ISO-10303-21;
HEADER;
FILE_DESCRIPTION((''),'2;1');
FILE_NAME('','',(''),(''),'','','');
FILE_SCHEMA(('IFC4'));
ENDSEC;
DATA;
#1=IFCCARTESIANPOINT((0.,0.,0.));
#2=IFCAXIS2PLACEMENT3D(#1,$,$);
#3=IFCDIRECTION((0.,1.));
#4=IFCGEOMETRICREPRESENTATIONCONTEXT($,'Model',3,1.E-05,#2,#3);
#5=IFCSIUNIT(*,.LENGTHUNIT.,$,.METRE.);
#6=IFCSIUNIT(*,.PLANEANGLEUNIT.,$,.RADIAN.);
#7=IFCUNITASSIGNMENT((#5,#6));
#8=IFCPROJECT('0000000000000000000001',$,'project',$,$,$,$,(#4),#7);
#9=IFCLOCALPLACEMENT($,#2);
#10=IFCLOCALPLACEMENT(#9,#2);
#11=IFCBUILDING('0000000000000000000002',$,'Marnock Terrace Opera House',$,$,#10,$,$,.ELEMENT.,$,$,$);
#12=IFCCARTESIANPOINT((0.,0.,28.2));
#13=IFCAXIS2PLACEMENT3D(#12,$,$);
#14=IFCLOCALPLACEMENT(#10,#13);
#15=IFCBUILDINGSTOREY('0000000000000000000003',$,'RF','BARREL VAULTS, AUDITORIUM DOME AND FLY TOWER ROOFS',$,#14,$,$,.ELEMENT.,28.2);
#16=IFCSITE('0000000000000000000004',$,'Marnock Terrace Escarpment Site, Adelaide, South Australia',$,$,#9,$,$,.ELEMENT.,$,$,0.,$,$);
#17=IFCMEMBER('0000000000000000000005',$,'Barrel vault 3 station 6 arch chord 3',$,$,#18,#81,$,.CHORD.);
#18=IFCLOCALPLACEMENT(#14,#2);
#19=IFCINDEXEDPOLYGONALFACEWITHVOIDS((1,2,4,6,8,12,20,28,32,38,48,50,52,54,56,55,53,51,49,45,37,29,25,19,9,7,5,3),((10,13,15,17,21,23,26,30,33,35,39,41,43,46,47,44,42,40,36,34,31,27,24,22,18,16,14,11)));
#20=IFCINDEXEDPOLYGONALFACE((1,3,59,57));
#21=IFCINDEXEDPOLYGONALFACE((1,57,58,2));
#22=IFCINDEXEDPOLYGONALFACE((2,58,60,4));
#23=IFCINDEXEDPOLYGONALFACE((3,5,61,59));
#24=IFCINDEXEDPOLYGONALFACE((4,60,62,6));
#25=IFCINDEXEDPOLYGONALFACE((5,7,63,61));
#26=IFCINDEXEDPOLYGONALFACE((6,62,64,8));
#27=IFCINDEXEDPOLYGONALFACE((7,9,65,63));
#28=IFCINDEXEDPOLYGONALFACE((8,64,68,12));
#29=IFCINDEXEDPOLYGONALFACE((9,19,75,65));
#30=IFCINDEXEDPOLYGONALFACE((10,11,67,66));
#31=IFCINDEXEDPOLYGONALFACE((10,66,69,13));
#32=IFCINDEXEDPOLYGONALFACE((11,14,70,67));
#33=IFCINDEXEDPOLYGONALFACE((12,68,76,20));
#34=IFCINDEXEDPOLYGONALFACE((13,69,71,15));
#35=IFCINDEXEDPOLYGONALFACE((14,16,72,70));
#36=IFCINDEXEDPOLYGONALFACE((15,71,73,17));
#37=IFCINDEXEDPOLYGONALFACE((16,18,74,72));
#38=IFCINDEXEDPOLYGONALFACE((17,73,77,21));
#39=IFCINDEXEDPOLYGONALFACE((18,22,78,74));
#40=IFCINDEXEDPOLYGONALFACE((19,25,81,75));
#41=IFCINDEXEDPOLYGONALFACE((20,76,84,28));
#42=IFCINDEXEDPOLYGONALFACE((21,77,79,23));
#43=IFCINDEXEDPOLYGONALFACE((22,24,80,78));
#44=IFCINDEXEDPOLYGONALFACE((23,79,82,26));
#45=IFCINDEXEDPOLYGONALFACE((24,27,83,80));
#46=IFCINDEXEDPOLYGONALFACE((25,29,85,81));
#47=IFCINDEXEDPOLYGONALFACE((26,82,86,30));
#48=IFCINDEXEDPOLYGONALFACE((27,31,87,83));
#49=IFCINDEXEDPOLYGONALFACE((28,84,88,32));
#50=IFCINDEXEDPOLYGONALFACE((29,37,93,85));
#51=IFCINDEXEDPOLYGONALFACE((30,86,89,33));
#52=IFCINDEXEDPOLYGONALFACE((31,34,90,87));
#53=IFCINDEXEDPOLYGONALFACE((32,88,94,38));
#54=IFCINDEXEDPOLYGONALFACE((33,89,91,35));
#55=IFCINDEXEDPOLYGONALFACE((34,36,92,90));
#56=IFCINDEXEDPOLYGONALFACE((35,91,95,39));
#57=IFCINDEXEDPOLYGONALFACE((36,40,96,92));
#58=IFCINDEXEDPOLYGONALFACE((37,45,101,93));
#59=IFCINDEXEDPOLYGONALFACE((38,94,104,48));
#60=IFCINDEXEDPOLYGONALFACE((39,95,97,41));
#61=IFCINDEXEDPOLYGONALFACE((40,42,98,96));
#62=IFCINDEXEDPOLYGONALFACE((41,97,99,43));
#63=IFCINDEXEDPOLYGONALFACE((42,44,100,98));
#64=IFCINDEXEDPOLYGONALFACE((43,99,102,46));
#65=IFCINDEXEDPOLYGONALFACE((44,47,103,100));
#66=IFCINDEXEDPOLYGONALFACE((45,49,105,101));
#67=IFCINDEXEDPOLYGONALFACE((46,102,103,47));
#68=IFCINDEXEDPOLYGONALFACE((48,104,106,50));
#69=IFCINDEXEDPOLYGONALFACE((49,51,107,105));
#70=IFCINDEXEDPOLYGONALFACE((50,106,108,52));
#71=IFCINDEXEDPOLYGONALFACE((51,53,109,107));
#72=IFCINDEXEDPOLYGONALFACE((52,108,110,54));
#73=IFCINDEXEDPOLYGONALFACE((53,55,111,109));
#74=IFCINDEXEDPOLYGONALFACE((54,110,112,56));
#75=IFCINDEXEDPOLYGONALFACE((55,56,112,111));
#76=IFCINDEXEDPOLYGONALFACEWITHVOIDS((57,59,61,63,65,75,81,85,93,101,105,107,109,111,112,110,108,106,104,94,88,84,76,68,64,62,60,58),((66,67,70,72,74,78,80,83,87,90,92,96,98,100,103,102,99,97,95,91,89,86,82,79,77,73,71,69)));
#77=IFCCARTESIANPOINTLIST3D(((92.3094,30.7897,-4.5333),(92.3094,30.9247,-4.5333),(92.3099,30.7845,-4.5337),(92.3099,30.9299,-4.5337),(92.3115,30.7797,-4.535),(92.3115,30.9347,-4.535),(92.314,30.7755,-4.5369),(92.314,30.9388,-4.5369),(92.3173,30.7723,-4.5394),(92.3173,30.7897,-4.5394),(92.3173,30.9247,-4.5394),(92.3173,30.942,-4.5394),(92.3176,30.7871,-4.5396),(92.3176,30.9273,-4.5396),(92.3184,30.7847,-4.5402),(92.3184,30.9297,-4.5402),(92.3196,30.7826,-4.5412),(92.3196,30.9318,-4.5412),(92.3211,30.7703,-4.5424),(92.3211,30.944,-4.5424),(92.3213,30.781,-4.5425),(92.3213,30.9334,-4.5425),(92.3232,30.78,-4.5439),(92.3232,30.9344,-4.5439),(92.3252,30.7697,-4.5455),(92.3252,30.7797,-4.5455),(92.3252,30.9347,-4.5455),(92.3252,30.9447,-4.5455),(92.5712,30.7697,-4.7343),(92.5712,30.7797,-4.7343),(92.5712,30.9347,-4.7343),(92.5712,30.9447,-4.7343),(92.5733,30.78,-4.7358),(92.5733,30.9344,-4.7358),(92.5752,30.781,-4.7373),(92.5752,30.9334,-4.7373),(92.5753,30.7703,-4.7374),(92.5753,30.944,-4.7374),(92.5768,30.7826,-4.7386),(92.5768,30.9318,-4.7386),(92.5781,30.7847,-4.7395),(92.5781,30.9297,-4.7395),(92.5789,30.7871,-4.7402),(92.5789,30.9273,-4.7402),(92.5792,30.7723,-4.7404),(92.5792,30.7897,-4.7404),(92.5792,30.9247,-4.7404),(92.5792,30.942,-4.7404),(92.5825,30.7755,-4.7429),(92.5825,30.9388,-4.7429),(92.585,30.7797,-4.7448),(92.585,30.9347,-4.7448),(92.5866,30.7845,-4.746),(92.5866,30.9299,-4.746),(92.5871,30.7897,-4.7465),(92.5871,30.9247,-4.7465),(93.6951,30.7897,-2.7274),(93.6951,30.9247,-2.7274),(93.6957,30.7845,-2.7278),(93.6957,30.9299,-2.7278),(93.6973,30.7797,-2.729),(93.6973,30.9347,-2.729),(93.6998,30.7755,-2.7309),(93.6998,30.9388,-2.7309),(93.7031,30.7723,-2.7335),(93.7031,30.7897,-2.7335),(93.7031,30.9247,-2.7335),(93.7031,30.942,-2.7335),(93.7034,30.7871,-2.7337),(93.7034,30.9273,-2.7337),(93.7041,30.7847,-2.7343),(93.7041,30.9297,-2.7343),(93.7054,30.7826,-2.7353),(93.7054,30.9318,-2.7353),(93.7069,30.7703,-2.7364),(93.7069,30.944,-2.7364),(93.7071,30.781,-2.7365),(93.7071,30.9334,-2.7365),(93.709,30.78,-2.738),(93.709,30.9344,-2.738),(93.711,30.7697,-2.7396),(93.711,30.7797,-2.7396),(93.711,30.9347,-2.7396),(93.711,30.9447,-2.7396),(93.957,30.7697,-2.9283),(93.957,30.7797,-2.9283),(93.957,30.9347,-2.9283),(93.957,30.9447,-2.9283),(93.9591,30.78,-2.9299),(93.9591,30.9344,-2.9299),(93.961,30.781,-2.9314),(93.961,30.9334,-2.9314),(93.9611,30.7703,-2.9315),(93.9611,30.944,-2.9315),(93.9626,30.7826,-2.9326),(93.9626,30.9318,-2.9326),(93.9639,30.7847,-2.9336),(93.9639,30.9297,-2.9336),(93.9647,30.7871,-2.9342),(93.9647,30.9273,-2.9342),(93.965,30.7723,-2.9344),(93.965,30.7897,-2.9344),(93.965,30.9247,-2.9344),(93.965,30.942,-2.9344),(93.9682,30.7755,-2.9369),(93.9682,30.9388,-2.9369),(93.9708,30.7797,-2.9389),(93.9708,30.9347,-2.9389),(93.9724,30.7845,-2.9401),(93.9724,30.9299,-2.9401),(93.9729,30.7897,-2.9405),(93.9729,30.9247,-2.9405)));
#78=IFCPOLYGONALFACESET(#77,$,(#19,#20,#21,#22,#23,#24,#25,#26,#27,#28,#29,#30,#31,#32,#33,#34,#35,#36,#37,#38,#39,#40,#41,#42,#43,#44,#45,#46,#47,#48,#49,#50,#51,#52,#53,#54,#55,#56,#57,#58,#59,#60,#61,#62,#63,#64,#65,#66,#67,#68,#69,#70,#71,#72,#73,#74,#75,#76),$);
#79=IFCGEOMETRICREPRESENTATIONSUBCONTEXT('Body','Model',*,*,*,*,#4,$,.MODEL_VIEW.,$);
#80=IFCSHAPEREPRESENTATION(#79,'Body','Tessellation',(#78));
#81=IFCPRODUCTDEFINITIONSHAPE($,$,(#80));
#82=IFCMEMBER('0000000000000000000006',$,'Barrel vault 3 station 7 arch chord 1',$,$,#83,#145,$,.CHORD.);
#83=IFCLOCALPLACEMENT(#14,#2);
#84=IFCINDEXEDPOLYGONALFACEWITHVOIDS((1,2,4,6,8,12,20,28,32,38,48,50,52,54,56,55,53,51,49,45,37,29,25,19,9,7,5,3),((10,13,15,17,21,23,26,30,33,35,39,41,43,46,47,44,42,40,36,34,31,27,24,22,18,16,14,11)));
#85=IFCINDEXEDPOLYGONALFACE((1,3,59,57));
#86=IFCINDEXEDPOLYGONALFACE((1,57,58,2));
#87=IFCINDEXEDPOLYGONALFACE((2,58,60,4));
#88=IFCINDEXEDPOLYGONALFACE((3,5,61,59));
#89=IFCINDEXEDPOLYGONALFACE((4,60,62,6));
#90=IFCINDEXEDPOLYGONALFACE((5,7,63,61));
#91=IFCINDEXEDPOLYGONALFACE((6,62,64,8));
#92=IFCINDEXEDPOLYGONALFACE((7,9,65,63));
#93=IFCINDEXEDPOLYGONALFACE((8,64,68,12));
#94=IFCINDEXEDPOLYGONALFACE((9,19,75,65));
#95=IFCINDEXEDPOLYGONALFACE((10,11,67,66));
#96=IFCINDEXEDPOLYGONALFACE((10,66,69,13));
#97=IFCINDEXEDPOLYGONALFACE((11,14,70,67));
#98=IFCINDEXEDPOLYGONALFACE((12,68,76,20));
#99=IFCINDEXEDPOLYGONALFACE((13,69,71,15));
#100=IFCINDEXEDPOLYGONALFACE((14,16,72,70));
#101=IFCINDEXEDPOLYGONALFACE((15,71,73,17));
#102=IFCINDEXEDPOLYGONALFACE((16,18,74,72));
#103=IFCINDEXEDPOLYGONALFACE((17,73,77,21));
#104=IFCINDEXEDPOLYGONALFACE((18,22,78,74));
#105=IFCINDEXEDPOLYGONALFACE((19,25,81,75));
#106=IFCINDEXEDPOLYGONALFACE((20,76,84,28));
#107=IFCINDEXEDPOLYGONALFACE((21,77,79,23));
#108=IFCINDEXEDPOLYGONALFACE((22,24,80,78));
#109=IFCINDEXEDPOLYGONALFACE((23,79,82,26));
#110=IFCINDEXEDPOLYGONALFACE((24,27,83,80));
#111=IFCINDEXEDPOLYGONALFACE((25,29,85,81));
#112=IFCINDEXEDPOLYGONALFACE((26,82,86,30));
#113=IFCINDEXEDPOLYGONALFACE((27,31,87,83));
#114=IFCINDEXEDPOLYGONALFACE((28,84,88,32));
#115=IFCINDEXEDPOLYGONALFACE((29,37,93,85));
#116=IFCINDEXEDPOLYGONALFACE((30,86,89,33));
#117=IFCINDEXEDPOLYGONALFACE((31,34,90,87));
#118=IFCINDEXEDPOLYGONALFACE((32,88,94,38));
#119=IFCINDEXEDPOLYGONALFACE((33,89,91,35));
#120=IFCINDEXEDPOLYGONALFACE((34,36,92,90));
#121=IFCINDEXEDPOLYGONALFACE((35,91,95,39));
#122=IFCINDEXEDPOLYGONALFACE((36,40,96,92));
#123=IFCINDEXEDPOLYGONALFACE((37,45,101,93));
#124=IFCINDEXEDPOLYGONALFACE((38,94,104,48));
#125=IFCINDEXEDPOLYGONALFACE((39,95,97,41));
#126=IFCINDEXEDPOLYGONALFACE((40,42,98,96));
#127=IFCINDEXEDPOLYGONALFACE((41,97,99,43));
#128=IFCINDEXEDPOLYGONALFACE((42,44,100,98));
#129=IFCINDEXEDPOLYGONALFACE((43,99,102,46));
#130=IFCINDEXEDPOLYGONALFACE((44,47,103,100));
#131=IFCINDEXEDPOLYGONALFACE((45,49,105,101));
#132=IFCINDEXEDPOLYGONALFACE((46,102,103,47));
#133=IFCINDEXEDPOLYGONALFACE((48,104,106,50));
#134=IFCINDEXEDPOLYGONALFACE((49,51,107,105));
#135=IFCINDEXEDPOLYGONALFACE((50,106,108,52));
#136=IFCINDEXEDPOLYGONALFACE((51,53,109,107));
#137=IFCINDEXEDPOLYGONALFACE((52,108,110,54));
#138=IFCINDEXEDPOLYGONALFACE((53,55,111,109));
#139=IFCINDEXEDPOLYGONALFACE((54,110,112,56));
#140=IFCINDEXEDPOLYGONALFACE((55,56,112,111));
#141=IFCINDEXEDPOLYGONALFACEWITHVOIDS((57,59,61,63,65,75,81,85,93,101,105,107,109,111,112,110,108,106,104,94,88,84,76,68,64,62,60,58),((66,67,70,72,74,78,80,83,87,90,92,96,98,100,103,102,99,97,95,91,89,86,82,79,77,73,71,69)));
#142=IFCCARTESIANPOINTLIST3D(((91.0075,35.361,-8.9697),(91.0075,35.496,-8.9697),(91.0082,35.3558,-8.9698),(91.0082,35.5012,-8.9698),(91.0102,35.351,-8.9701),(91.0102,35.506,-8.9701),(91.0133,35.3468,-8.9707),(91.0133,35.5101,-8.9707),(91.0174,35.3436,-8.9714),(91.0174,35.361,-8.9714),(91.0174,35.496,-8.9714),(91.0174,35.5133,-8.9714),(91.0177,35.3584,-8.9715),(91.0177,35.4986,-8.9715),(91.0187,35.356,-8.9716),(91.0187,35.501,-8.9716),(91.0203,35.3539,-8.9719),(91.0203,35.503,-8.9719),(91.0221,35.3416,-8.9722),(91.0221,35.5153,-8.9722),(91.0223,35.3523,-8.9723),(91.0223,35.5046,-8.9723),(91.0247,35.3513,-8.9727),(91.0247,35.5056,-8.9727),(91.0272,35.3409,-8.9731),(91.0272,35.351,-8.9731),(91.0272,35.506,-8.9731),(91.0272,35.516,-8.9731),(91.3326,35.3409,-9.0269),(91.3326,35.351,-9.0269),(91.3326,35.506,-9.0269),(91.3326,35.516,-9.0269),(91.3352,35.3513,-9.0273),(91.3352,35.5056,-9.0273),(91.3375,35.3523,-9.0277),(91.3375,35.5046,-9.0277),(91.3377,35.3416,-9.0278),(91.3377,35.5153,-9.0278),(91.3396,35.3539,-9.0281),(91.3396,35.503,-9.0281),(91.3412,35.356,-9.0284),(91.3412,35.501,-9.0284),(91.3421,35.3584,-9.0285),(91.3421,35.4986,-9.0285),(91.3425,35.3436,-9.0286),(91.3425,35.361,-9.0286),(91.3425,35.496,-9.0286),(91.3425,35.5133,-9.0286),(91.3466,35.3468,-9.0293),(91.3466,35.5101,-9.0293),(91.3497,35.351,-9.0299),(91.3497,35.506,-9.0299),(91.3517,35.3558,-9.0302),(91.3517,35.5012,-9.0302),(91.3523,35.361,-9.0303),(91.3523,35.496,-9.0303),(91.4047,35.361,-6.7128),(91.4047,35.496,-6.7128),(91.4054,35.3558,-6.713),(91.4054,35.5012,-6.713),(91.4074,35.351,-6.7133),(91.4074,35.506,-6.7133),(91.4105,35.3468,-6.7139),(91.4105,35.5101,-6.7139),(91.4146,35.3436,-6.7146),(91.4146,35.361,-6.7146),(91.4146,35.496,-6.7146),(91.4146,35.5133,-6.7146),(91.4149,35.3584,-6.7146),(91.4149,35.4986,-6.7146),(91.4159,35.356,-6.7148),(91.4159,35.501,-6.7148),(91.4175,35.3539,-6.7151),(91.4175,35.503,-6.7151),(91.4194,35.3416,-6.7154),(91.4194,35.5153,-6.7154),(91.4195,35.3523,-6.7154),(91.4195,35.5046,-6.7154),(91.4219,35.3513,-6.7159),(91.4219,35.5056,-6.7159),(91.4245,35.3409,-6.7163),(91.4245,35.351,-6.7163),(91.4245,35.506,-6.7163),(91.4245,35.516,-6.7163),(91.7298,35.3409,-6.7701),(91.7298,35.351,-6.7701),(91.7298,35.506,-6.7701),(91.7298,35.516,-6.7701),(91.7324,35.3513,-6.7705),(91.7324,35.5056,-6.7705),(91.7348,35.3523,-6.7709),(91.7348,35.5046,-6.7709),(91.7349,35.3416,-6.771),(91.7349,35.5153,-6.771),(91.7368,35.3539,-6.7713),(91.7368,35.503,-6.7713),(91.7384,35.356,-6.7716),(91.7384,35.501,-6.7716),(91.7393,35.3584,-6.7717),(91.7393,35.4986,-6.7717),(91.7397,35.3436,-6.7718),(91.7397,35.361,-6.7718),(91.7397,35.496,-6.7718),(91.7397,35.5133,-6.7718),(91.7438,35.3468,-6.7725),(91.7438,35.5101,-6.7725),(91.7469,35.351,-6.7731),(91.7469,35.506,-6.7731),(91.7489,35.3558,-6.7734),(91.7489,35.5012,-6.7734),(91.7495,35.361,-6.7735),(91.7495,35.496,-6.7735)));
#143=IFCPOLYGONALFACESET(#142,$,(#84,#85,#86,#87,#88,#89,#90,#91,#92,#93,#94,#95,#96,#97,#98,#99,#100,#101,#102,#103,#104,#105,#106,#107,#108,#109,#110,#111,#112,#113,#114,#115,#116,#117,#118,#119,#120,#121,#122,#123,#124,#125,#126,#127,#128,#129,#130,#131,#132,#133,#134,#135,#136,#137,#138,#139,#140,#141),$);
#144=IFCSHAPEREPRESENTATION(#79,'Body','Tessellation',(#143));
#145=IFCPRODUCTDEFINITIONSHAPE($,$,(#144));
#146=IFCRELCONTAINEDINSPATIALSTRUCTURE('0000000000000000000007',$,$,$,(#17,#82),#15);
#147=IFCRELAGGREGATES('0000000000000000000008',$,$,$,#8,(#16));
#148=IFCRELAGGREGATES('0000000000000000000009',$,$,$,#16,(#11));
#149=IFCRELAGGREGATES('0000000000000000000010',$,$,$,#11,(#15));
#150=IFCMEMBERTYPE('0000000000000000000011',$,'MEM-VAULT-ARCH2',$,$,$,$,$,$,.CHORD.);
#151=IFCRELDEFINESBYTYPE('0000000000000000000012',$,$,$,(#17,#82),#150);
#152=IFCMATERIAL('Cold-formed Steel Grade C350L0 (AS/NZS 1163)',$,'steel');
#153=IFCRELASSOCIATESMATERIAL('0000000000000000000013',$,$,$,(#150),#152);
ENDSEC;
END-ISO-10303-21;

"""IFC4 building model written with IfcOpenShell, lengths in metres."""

from ifc_helpers import new_model, si_unit, direction, frame, origin, origin_2d, place, context, subcontext, project, spatial, hollow_rectangle, extrude, material, material_profile, profile_set, type_object, element, save


model = new_model("IFC4")

# Units and contexts
model_context = context("Model", 3, precision=1e-05, world=origin(), true_north=direction((0.0, 1.0)))
body_context = subcontext(model_context, "Body", "Model", "MODEL_VIEW")
ifc_project = project(units=[si_unit("LENGTHUNIT", "METRE"), si_unit("PLANEANGLEUNIT", "RADIAN")], contexts=[model_context])

# Site, building, storey
site_placement = place(None, origin())
site = spatial("IfcSite", under=ifc_project, at=site_placement, Name="Marnock Terrace Escarpment Site, Adelaide, South Australia", CompositionType="ELEMENT", RefElevation=0.0)
building_placement = place(site_placement, origin())
building = spatial("IfcBuilding", under=site, at=building_placement, Name="Marnock Terrace Opera House", CompositionType="ELEMENT")
storey_placement = place(building_placement, frame((0.0, 0.0, 28.2)))
storey = spatial("IfcBuildingStorey", under=building, at=storey_placement, Name="RF", Description="BARREL VAULTS, AUDITORIUM DOME AND FLY TOWER ROOFS", CompositionType="ELEMENT", Elevation=28.2)

# Members
ifc_material = material(Name="Cold-formed Steel Grade C350L0 (AS/NZS 1163)", Category="steel")
ifc_material_profile_1 = material_profile(ifc_material, hollow_rectangle(XDim=0.175, YDim=0.3501, WallThickness=0.01, InnerFilletRadius=0.01, OuterFilletRadius=0.02, at=origin_2d()))
ifc_profile_set_1 = profile_set([ifc_material_profile_1], Name="Cold-formed Steel Grade C350L0 (AS/NZS 1163)")
member_type_1 = type_object("IfcMemberType", Name="MEM-VAULT-ARCH2", PredefinedType="CHORD", material=ifc_profile_set_1)
member_1_placement = place(storey_placement, frame((92.4482, 30.8572, -4.6399), z_axis=(0.608767, 0.0, 0.793349), x_axis=(0.0, 1.0, 0.0)))
element("IfcMember", 1, at=member_1_placement, inside=storey, type_object=member_type_1, Name="Barrel vault 3 station 6 arch chord 3", PredefinedType="CHORD", context=body_context, shape_type="SweptSolid", body=[
    extrude(hollow_rectangle(XDim=0.175, YDim=0.3501, WallThickness=0.01, InnerFilletRadius=0.01, OuterFilletRadius=0.02, at=origin_2d()), origin(), (0.0, 0.0, 1.0), 2.2764),
])
member_2_placement = place(storey_placement, frame((91.1799, 35.4285, -9.0), z_axis=(0.173342, 0.0, 0.984862), x_axis=(0.0, 1.0, 0.0)))
element("IfcMember", 2, at=member_2_placement, inside=storey, type_object=member_type_1, Name="Barrel vault 3 station 7 arch chord 1", PredefinedType="CHORD", context=body_context, shape_type="SweptSolid", body=[
    extrude(hollow_rectangle(XDim=0.175, YDim=0.3501, WallThickness=0.01, InnerFilletRadius=0.01, OuterFilletRadius=0.02, at=origin_2d()), origin(), (0.0, 0.0, 1.0), 2.2915),
])

save(model, "model.ifc")
